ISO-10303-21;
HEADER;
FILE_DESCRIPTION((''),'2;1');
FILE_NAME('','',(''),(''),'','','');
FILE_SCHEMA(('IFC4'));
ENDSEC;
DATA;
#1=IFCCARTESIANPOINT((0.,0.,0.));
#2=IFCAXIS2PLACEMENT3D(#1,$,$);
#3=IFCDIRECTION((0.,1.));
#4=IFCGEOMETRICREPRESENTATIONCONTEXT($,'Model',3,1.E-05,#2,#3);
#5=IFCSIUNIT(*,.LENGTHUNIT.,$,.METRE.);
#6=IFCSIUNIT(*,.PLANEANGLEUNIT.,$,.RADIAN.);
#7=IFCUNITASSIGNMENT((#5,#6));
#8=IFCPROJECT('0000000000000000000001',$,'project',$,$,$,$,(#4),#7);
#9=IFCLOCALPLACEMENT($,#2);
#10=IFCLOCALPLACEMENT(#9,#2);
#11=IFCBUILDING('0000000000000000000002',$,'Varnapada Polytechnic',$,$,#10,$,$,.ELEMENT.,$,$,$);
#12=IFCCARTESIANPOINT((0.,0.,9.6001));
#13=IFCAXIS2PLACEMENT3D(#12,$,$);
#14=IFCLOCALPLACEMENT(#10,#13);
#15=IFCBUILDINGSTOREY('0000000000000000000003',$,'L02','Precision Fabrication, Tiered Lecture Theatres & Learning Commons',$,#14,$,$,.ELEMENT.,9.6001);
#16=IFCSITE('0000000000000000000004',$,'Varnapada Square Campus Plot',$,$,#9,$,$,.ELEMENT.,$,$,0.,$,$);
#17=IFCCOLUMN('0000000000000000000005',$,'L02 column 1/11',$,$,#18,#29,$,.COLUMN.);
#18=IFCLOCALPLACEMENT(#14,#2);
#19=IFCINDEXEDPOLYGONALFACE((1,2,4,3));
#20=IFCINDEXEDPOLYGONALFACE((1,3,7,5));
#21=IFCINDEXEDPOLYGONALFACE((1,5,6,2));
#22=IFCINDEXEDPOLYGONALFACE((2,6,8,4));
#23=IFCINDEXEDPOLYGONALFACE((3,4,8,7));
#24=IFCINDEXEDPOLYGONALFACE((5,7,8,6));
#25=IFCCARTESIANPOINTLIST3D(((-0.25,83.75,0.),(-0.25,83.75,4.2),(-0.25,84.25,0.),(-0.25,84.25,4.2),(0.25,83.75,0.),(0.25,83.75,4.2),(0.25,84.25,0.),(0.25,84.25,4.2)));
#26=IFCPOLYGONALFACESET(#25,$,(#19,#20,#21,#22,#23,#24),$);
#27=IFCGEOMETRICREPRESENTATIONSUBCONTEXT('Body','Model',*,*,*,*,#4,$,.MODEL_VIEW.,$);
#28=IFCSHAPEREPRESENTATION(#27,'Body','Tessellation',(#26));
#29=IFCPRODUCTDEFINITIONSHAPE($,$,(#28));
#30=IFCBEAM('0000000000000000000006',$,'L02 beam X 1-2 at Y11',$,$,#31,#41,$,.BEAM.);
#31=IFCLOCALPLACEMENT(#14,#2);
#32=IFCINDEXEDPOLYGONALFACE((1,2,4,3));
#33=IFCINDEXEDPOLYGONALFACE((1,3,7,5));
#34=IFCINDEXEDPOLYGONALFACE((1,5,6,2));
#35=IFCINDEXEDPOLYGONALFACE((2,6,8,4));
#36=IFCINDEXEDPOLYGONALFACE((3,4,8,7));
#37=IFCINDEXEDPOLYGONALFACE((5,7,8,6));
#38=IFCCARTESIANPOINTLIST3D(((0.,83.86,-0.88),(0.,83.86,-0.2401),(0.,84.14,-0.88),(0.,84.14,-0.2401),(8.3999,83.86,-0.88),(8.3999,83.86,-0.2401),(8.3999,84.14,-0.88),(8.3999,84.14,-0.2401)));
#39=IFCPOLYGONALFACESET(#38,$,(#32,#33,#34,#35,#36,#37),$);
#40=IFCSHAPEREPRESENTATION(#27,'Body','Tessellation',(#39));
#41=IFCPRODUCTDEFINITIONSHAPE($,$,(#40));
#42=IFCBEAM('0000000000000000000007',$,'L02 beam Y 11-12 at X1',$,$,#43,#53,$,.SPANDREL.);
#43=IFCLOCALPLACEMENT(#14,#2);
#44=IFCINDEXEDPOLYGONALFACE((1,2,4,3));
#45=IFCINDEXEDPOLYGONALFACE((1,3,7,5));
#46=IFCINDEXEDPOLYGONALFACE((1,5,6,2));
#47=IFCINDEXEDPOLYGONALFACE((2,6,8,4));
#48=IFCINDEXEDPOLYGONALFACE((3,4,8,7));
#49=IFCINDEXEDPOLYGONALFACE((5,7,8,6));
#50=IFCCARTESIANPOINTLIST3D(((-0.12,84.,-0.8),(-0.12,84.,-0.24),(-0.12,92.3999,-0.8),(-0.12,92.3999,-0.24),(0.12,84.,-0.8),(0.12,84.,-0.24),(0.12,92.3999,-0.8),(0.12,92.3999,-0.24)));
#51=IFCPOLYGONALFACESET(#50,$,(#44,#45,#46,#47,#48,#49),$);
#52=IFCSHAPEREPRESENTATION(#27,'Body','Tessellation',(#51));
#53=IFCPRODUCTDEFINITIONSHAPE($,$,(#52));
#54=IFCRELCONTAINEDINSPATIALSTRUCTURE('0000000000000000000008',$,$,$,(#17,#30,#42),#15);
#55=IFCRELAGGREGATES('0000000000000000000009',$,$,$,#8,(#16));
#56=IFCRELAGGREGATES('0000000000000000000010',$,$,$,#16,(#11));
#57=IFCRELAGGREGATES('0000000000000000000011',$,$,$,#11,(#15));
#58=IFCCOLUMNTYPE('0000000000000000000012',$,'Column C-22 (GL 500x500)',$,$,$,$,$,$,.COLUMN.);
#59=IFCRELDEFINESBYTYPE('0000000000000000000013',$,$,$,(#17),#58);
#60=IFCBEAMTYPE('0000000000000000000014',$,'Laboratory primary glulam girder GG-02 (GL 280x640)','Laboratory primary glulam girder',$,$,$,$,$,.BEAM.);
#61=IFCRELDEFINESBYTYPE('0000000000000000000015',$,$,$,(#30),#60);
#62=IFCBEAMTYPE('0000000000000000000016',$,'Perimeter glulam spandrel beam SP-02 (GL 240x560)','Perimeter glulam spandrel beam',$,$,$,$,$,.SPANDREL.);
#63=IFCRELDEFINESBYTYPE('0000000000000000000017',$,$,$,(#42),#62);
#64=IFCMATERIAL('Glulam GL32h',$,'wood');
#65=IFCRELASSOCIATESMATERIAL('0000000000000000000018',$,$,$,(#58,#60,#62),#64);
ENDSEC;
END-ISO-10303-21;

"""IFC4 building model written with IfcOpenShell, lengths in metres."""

from ifc_helpers import new_model, si_unit, direction, frame, origin, origin_2d, place, context, subcontext, project, spatial, rectangle, extrude, material, material_profile, profile_set, type_object, element, save


model = new_model("IFC4")

# Units and contexts
model_context = context("Model", 3, precision=1e-05, world=origin(), true_north=direction((0.0, 1.0)))
body_context = subcontext(model_context, "Body", "Model", "MODEL_VIEW")
ifc_project = project(units=[si_unit("LENGTHUNIT", "METRE"), si_unit("PLANEANGLEUNIT", "RADIAN")], contexts=[model_context])

# Site, building, storey
site_placement = place(None, origin())
site = spatial("IfcSite", under=ifc_project, at=site_placement, Name="Varnapada Square Campus Plot", CompositionType="ELEMENT", RefElevation=0.0)
building_placement = place(site_placement, origin())
building = spatial("IfcBuilding", under=site, at=building_placement, Name="Varnapada Polytechnic", CompositionType="ELEMENT")
storey_placement = place(building_placement, frame((0.0, 0.0, 9.6001)))
storey = spatial("IfcBuildingStorey", under=building, at=storey_placement, Name="L02", Description="Precision Fabrication, Tiered Lecture Theatres & Learning Commons", CompositionType="ELEMENT", Elevation=9.6001)

# Column
ifc_material_1 = material(Name="Glulam GL32h", Category="wood")
ifc_material_profile_1 = material_profile(ifc_material_1, rectangle(XDim=0.5, YDim=0.5, at=origin_2d()), Name="GL 500x500")
ifc_profile_set_1 = profile_set([ifc_material_profile_1], Name="Glulam GL32h")
column_type = type_object("IfcColumnType", Name="Column C-22 (GL 500x500)", PredefinedType="COLUMN", material=ifc_profile_set_1)
column_placement = place(storey_placement, frame((0.0, 84.0, 0.0), z_axis=(0.0, 0.0, 1.0), x_axis=(1.0, 0.0, 0.0)))
element("IfcColumn", 1, at=column_placement, inside=storey, type_object=column_type, Name="L02 column 1/11", PredefinedType="COLUMN", context=body_context, shape_type="SweptSolid", body=[
    extrude(rectangle(XDim=0.5, YDim=0.5, at=origin_2d()), origin(), (0.0, 0.0, 1.0), 4.2),
])

# Beams
ifc_material_profile_2 = material_profile(ifc_material_1, rectangle(XDim=0.28, YDim=0.6399, at=origin_2d()), Name="GL 280x640")
ifc_profile_set_2 = profile_set([ifc_material_profile_2], Name="Glulam GL32h")
beam_type_1 = type_object("IfcBeamType", Name="Laboratory primary glulam girder GG-02 (GL 280x640)", Description="Laboratory primary glulam girder", PredefinedType="BEAM", material=ifc_profile_set_2)
beam_1_placement = place(storey_placement, frame((0.0, 84.0, -0.5601), z_axis=(1.0, 0.0, 0.0), x_axis=(0.0, 1.0, 0.0)))
element("IfcBeam", 2, at=beam_1_placement, inside=storey, type_object=beam_type_1, Name="L02 beam X 1-2 at Y11", PredefinedType="BEAM", context=body_context, shape_type="SweptSolid", body=[
    extrude(rectangle(XDim=0.28, YDim=0.6399, at=origin_2d()), origin(), (0.0, 0.0, 1.0), 8.3999),
])
ifc_material_profile_3 = material_profile(ifc_material_1, rectangle(XDim=0.24, YDim=0.5601, at=origin_2d()), Name="GL 240x560")
ifc_profile_set_3 = profile_set([ifc_material_profile_3], Name="Glulam GL32h")
beam_type_2 = type_object("IfcBeamType", Name="Perimeter glulam spandrel beam SP-02 (GL 240x560)", Description="Perimeter glulam spandrel beam", PredefinedType="SPANDREL", material=ifc_profile_set_3)
beam_2_placement = place(storey_placement, frame((0.0, 84.0, -0.52), z_axis=(0.0, 1.0, 0.0), x_axis=(-1.0, 0.0, 0.0)))
element("IfcBeam", 3, at=beam_2_placement, inside=storey, type_object=beam_type_2, Name="L02 beam Y 11-12 at X1", PredefinedType="SPANDREL", context=body_context, shape_type="SweptSolid", body=[
    extrude(rectangle(XDim=0.24, YDim=0.5601, at=origin_2d()), origin(), (0.0, 0.0, 1.0), 8.3999),
])

save(model, "model.ifc")
